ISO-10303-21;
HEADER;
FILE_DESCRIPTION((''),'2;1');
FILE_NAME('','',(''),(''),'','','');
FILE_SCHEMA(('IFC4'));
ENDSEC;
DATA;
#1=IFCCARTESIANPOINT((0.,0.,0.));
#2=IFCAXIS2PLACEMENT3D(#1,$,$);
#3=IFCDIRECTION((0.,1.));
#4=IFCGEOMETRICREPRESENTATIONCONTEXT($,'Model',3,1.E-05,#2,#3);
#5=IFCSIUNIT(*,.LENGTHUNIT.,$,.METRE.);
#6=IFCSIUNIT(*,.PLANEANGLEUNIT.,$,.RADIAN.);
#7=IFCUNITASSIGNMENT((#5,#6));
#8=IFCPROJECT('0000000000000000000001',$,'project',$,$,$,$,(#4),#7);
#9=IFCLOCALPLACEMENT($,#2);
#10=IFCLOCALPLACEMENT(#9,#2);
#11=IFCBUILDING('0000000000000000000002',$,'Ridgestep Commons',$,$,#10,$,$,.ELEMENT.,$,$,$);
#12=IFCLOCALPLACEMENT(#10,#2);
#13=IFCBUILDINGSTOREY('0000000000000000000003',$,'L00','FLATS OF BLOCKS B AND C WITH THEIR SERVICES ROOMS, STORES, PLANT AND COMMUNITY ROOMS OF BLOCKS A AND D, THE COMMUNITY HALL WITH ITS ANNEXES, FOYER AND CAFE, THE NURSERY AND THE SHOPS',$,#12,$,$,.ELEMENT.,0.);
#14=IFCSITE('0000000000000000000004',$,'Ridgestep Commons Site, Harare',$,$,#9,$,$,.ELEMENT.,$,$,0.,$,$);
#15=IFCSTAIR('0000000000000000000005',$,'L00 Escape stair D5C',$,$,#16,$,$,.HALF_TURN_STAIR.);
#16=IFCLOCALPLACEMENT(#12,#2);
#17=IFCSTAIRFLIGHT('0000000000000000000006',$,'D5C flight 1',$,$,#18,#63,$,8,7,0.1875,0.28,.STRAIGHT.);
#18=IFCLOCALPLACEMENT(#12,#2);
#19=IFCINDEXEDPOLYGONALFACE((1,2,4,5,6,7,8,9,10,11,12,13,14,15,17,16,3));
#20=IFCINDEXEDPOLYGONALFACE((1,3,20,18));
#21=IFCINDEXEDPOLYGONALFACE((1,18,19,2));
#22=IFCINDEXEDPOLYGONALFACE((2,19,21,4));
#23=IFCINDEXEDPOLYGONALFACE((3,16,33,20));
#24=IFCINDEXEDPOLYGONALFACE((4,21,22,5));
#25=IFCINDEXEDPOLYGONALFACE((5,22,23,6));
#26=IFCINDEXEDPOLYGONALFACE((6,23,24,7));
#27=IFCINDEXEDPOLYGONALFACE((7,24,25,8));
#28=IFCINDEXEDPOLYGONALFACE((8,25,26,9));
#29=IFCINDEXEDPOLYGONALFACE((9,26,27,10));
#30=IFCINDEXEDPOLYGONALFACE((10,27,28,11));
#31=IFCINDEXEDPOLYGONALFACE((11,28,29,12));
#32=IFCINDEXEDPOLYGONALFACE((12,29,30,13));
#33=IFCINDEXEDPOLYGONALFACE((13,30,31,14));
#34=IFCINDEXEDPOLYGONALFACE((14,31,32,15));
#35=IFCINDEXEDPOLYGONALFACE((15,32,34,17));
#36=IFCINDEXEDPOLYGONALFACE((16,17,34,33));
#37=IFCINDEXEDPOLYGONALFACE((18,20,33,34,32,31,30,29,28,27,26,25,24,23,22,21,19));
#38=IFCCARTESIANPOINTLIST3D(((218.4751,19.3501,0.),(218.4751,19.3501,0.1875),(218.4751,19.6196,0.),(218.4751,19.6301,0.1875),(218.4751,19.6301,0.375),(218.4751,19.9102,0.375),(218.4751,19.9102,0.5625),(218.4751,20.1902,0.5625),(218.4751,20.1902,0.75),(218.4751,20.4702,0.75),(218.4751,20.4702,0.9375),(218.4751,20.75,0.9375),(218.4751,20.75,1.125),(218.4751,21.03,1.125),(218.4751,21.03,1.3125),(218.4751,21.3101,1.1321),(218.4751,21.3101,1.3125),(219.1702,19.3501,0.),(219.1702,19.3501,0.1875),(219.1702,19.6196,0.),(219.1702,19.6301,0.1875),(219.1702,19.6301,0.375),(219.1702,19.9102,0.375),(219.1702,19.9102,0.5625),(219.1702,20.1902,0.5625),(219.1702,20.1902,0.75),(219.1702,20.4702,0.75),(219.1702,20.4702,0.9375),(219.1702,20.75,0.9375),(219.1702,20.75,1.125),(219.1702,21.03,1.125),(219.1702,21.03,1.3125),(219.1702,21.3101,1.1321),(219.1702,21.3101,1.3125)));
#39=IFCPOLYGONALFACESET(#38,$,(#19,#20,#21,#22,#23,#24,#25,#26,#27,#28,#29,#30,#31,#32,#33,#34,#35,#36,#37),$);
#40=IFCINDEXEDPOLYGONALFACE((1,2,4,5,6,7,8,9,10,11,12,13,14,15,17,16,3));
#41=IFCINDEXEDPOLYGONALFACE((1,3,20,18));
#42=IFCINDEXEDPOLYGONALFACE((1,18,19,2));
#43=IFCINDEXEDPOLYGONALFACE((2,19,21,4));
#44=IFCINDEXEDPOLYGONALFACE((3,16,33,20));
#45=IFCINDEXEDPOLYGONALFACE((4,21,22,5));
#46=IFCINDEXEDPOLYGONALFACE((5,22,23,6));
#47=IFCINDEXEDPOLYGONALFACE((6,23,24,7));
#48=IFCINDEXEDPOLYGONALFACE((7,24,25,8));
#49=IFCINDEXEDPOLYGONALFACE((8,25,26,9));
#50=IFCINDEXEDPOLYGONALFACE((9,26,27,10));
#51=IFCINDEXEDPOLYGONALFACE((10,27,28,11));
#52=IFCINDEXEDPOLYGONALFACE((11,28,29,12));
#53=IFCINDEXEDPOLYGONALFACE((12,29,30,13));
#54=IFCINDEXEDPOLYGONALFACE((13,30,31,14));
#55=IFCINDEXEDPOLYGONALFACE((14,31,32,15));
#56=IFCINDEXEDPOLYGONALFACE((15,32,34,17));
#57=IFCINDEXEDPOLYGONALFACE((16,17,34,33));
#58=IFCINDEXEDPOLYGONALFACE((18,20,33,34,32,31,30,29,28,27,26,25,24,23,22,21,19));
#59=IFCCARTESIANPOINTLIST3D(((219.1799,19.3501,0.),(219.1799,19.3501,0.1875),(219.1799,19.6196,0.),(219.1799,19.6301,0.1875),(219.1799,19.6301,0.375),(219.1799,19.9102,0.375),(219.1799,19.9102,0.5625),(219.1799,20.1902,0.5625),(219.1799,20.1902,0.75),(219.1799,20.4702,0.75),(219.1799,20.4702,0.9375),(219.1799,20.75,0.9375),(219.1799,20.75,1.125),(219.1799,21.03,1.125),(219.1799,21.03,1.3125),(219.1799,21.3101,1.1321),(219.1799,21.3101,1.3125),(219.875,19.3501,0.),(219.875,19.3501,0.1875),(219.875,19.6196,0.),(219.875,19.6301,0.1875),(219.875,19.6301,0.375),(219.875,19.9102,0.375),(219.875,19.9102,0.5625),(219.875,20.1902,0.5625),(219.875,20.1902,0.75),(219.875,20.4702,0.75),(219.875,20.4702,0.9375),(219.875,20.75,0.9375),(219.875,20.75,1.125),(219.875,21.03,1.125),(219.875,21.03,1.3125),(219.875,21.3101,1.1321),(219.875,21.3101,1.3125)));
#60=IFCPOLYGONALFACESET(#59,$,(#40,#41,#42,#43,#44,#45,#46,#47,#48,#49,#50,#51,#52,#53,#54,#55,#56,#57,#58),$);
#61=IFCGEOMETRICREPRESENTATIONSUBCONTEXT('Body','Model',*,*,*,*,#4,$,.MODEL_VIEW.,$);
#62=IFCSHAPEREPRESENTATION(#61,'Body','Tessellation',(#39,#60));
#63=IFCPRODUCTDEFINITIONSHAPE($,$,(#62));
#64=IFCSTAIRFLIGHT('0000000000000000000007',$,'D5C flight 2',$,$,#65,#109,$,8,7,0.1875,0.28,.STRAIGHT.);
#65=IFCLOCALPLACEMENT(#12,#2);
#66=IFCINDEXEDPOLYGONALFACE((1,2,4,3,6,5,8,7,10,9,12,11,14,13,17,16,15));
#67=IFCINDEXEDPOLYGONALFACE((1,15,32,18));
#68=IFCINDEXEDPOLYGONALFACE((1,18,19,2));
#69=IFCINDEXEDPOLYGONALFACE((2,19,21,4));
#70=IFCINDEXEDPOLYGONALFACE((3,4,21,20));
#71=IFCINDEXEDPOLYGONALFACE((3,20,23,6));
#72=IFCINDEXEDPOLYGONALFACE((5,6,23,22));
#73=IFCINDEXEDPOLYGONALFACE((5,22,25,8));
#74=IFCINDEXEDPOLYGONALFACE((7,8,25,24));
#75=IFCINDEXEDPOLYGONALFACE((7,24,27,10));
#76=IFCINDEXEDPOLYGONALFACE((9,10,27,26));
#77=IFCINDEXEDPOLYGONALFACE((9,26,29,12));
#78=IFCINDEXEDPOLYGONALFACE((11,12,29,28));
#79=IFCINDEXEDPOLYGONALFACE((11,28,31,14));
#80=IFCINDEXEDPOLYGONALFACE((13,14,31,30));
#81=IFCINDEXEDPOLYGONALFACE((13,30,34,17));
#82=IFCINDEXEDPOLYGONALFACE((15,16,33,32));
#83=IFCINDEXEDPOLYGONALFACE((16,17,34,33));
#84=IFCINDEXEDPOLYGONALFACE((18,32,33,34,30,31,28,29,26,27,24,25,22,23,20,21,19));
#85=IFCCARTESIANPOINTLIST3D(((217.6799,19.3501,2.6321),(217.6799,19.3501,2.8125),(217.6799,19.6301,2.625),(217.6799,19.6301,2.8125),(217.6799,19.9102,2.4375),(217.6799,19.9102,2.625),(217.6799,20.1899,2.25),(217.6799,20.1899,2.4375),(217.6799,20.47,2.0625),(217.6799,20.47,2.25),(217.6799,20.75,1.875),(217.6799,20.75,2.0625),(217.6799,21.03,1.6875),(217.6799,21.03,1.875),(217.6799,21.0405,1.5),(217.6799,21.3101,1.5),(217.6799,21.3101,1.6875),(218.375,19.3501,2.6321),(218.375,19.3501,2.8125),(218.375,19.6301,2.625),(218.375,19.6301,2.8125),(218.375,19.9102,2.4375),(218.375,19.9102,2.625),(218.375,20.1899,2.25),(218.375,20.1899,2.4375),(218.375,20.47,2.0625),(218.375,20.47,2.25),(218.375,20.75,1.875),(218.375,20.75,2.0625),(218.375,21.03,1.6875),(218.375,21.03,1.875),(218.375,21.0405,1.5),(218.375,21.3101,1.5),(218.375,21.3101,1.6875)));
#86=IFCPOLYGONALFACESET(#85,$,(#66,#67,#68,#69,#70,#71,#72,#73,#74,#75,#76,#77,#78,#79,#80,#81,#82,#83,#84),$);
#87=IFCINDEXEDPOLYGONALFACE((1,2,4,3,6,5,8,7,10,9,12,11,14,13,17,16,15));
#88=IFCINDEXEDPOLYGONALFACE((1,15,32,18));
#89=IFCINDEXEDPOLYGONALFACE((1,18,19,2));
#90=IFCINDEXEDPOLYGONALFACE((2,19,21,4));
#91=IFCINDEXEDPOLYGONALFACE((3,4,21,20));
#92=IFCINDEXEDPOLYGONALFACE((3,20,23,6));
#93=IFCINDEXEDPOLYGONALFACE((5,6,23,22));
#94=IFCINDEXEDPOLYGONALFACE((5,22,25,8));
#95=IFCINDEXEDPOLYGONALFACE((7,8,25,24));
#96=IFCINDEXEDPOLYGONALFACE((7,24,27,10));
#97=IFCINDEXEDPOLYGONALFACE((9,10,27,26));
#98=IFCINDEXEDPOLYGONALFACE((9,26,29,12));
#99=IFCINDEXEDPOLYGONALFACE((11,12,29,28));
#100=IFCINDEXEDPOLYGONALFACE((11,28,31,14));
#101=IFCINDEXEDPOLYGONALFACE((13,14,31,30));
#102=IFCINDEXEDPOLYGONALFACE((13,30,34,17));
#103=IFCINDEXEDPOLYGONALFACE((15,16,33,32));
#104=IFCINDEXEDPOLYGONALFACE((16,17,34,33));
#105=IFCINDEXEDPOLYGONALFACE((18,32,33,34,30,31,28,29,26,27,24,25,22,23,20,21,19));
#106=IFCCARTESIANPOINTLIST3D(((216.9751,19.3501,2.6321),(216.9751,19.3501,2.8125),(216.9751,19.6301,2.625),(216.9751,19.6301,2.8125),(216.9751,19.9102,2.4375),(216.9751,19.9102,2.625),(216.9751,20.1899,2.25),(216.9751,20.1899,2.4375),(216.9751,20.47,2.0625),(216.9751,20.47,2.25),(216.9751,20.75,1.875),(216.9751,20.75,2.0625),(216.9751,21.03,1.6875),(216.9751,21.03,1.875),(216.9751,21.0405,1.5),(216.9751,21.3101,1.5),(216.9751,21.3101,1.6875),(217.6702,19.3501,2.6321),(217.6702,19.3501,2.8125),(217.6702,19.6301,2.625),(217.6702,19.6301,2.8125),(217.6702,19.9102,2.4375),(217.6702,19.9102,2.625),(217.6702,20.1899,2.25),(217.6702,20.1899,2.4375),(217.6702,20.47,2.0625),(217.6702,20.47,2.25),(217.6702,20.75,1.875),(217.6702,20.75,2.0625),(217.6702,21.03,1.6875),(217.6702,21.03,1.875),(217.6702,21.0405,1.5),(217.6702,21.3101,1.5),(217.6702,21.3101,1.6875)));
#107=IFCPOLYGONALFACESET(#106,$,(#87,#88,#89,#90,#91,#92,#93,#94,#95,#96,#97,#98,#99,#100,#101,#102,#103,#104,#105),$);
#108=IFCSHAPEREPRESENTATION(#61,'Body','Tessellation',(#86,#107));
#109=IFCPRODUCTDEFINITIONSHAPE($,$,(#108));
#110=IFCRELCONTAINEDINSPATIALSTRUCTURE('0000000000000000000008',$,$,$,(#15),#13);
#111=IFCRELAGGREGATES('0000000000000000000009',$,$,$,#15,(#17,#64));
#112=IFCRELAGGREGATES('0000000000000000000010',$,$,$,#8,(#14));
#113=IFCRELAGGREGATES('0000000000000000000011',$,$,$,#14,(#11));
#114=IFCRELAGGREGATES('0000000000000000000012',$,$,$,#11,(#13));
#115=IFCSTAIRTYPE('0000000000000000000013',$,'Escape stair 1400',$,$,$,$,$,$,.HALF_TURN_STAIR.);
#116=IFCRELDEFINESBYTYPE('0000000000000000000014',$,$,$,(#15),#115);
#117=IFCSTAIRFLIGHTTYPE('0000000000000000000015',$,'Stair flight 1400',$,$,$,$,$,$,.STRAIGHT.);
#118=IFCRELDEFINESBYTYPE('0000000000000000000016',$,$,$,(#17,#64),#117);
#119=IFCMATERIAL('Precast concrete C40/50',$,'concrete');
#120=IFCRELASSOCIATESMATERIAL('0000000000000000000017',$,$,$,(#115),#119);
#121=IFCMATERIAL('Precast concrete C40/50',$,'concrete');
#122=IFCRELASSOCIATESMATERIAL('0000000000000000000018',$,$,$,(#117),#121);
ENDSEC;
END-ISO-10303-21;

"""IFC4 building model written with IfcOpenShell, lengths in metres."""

from ifc_helpers import new_model, si_unit, direction, frame, origin, place, context, subcontext, project, spatial, polyline, outline, extrude, material, type_object, element, aggregate, save


model = new_model("IFC4")

# Units and contexts
model_context = context("Model", 3, precision=1e-05, world=origin(), true_north=direction((0.0, 1.0)))
body_context = subcontext(model_context, "Body", "Model", "MODEL_VIEW")
ifc_project = project(units=[si_unit("LENGTHUNIT", "METRE"), si_unit("PLANEANGLEUNIT", "RADIAN")], contexts=[model_context])

# Site, building, storey
site_placement = place(None, origin())
site = spatial("IfcSite", under=ifc_project, at=site_placement, Name="Ridgestep Commons Site, Harare", CompositionType="ELEMENT", RefElevation=0.0)
building_placement = place(site_placement, origin())
building = spatial("IfcBuilding", under=site, at=building_placement, Name="Ridgestep Commons", CompositionType="ELEMENT")
storey_placement = place(building_placement, origin())
storey = spatial("IfcBuildingStorey", under=building, at=storey_placement, Name="L00", Description="FLATS OF BLOCKS B AND C WITH THEIR SERVICES ROOMS, STORES, PLANT AND COMMUNITY ROOMS OF BLOCKS A AND D, THE COMMUNITY HALL WITH ITS ANNEXES, FOYER AND CAFE, THE NURSERY AND THE SHOPS", CompositionType="ELEMENT", Elevation=0.0)

# Stair, stair flights
ifc_material_1 = material(Name="Precast concrete C40/50", Category="concrete")
stair_type = type_object("IfcStairType", Name="Escape stair 1400", PredefinedType="HALF_TURN_STAIR", material=ifc_material_1)
stair_placement = place(storey_placement, origin())
stair = element("IfcStair", 1, at=stair_placement, inside=storey, type_object=stair_type, Name="L00 Escape stair D5C", PredefinedType="HALF_TURN_STAIR")
ifc_material_2 = material(Name="Precast concrete C40/50", Category="concrete")
stair_flight_type = type_object("IfcStairFlightType", Name="Stair flight 1400", PredefinedType="STRAIGHT", material=ifc_material_2)
stair_flight_1_placement = place(storey_placement, frame((219.175, 19.3501, 0.0), z_axis=(0.0, 0.0, 1.0), x_axis=(0.0, 1.0, 0.0)))
stair_flight_1 = element("IfcStairFlight", 2, at=stair_flight_1_placement, type_object=stair_flight_type, Name="D5C flight 1", NumberOfRisers=8, NumberOfTreads=7, PredefinedType="STRAIGHT", RiserHeight=0.1875, TreadLength=0.28, context=body_context, shape_type="SweptSolid", body=[
    extrude(outline(polyline([(0.0, 0.0), (0.0, 0.1875), (0.28, 0.1875), (0.28, 0.375), (0.5601, 0.375), (0.5601, 0.5625), (0.8401, 0.5625), (0.8401, 0.75), (1.1201, 0.75), (1.1201, 0.9375), (1.3999, 0.9375), (1.3999, 1.125), (1.6799, 1.125), (1.6799, 1.3125), (1.96, 1.3125), (1.96, 1.5), (1.96, 1.1321), (0.2695, 0.0), (0.0, 0.0)])), frame((0.0, 0.7, 0.0), z_axis=(0.0, -1.0, 0.0), x_axis=(1.0, 0.0, 0.0)), (0.0, 0.0, 1.0), 0.6951),
    extrude(outline(polyline([(0.0, 0.0), (0.0, 0.1875), (0.28, 0.1875), (0.28, 0.375), (0.5601, 0.375), (0.5601, 0.5625), (0.8401, 0.5625), (0.8401, 0.75), (1.1201, 0.75), (1.1201, 0.9375), (1.3999, 0.9375), (1.3999, 1.125), (1.6799, 1.125), (1.6799, 1.3125), (1.96, 1.3125), (1.96, 1.5), (1.96, 1.1321), (0.2695, 0.0), (0.0, 0.0)])), frame((0.0, -0.0049, 0.0), z_axis=(0.0, -1.0, 0.0), x_axis=(1.0, 0.0, 0.0)), (0.0, 0.0, 1.0), 0.6951),
])
stair_flight_2_placement = place(storey_placement, frame((217.675, 21.3101, 1.5), z_axis=(0.0, 0.0, 1.0), x_axis=(0.0, -1.0, 0.0)))
stair_flight_2 = element("IfcStairFlight", 3, at=stair_flight_2_placement, type_object=stair_flight_type, Name="D5C flight 2", NumberOfRisers=8, NumberOfTreads=7, PredefinedType="STRAIGHT", RiserHeight=0.1875, TreadLength=0.28, context=body_context, shape_type="SweptSolid", body=[
    extrude(outline(polyline([(0.0, 0.0), (0.0, 0.1875), (0.28, 0.1875), (0.28, 0.375), (0.5601, 0.375), (0.5601, 0.5625), (0.8401, 0.5625), (0.8401, 0.75), (1.1201, 0.75), (1.1201, 0.9375), (1.3999, 0.9375), (1.3999, 1.125), (1.6799, 1.125), (1.6799, 1.3125), (1.96, 1.3125), (1.96, 1.5), (1.96, 1.1321), (0.2695, 0.0), (0.0, 0.0)])), frame((0.0, 0.7, 0.0), z_axis=(0.0, -1.0, 0.0), x_axis=(1.0, 0.0, 0.0)), (0.0, 0.0, 1.0), 0.6951),
    extrude(outline(polyline([(0.0, 0.0), (0.0, 0.1875), (0.28, 0.1875), (0.28, 0.375), (0.5601, 0.375), (0.5601, 0.5625), (0.8401, 0.5625), (0.8401, 0.75), (1.1201, 0.75), (1.1201, 0.9375), (1.3999, 0.9375), (1.3999, 1.125), (1.6799, 1.125), (1.6799, 1.3125), (1.96, 1.3125), (1.96, 1.5), (1.96, 1.1321), (0.2695, 0.0), (0.0, 0.0)])), frame((0.0, -0.0049, 0.0), z_axis=(0.0, -1.0, 0.0), x_axis=(1.0, 0.0, 0.0)), (0.0, 0.0, 1.0), 0.6951),
])
aggregate(stair, [stair_flight_1, stair_flight_2])

save(model, "model.ifc")
